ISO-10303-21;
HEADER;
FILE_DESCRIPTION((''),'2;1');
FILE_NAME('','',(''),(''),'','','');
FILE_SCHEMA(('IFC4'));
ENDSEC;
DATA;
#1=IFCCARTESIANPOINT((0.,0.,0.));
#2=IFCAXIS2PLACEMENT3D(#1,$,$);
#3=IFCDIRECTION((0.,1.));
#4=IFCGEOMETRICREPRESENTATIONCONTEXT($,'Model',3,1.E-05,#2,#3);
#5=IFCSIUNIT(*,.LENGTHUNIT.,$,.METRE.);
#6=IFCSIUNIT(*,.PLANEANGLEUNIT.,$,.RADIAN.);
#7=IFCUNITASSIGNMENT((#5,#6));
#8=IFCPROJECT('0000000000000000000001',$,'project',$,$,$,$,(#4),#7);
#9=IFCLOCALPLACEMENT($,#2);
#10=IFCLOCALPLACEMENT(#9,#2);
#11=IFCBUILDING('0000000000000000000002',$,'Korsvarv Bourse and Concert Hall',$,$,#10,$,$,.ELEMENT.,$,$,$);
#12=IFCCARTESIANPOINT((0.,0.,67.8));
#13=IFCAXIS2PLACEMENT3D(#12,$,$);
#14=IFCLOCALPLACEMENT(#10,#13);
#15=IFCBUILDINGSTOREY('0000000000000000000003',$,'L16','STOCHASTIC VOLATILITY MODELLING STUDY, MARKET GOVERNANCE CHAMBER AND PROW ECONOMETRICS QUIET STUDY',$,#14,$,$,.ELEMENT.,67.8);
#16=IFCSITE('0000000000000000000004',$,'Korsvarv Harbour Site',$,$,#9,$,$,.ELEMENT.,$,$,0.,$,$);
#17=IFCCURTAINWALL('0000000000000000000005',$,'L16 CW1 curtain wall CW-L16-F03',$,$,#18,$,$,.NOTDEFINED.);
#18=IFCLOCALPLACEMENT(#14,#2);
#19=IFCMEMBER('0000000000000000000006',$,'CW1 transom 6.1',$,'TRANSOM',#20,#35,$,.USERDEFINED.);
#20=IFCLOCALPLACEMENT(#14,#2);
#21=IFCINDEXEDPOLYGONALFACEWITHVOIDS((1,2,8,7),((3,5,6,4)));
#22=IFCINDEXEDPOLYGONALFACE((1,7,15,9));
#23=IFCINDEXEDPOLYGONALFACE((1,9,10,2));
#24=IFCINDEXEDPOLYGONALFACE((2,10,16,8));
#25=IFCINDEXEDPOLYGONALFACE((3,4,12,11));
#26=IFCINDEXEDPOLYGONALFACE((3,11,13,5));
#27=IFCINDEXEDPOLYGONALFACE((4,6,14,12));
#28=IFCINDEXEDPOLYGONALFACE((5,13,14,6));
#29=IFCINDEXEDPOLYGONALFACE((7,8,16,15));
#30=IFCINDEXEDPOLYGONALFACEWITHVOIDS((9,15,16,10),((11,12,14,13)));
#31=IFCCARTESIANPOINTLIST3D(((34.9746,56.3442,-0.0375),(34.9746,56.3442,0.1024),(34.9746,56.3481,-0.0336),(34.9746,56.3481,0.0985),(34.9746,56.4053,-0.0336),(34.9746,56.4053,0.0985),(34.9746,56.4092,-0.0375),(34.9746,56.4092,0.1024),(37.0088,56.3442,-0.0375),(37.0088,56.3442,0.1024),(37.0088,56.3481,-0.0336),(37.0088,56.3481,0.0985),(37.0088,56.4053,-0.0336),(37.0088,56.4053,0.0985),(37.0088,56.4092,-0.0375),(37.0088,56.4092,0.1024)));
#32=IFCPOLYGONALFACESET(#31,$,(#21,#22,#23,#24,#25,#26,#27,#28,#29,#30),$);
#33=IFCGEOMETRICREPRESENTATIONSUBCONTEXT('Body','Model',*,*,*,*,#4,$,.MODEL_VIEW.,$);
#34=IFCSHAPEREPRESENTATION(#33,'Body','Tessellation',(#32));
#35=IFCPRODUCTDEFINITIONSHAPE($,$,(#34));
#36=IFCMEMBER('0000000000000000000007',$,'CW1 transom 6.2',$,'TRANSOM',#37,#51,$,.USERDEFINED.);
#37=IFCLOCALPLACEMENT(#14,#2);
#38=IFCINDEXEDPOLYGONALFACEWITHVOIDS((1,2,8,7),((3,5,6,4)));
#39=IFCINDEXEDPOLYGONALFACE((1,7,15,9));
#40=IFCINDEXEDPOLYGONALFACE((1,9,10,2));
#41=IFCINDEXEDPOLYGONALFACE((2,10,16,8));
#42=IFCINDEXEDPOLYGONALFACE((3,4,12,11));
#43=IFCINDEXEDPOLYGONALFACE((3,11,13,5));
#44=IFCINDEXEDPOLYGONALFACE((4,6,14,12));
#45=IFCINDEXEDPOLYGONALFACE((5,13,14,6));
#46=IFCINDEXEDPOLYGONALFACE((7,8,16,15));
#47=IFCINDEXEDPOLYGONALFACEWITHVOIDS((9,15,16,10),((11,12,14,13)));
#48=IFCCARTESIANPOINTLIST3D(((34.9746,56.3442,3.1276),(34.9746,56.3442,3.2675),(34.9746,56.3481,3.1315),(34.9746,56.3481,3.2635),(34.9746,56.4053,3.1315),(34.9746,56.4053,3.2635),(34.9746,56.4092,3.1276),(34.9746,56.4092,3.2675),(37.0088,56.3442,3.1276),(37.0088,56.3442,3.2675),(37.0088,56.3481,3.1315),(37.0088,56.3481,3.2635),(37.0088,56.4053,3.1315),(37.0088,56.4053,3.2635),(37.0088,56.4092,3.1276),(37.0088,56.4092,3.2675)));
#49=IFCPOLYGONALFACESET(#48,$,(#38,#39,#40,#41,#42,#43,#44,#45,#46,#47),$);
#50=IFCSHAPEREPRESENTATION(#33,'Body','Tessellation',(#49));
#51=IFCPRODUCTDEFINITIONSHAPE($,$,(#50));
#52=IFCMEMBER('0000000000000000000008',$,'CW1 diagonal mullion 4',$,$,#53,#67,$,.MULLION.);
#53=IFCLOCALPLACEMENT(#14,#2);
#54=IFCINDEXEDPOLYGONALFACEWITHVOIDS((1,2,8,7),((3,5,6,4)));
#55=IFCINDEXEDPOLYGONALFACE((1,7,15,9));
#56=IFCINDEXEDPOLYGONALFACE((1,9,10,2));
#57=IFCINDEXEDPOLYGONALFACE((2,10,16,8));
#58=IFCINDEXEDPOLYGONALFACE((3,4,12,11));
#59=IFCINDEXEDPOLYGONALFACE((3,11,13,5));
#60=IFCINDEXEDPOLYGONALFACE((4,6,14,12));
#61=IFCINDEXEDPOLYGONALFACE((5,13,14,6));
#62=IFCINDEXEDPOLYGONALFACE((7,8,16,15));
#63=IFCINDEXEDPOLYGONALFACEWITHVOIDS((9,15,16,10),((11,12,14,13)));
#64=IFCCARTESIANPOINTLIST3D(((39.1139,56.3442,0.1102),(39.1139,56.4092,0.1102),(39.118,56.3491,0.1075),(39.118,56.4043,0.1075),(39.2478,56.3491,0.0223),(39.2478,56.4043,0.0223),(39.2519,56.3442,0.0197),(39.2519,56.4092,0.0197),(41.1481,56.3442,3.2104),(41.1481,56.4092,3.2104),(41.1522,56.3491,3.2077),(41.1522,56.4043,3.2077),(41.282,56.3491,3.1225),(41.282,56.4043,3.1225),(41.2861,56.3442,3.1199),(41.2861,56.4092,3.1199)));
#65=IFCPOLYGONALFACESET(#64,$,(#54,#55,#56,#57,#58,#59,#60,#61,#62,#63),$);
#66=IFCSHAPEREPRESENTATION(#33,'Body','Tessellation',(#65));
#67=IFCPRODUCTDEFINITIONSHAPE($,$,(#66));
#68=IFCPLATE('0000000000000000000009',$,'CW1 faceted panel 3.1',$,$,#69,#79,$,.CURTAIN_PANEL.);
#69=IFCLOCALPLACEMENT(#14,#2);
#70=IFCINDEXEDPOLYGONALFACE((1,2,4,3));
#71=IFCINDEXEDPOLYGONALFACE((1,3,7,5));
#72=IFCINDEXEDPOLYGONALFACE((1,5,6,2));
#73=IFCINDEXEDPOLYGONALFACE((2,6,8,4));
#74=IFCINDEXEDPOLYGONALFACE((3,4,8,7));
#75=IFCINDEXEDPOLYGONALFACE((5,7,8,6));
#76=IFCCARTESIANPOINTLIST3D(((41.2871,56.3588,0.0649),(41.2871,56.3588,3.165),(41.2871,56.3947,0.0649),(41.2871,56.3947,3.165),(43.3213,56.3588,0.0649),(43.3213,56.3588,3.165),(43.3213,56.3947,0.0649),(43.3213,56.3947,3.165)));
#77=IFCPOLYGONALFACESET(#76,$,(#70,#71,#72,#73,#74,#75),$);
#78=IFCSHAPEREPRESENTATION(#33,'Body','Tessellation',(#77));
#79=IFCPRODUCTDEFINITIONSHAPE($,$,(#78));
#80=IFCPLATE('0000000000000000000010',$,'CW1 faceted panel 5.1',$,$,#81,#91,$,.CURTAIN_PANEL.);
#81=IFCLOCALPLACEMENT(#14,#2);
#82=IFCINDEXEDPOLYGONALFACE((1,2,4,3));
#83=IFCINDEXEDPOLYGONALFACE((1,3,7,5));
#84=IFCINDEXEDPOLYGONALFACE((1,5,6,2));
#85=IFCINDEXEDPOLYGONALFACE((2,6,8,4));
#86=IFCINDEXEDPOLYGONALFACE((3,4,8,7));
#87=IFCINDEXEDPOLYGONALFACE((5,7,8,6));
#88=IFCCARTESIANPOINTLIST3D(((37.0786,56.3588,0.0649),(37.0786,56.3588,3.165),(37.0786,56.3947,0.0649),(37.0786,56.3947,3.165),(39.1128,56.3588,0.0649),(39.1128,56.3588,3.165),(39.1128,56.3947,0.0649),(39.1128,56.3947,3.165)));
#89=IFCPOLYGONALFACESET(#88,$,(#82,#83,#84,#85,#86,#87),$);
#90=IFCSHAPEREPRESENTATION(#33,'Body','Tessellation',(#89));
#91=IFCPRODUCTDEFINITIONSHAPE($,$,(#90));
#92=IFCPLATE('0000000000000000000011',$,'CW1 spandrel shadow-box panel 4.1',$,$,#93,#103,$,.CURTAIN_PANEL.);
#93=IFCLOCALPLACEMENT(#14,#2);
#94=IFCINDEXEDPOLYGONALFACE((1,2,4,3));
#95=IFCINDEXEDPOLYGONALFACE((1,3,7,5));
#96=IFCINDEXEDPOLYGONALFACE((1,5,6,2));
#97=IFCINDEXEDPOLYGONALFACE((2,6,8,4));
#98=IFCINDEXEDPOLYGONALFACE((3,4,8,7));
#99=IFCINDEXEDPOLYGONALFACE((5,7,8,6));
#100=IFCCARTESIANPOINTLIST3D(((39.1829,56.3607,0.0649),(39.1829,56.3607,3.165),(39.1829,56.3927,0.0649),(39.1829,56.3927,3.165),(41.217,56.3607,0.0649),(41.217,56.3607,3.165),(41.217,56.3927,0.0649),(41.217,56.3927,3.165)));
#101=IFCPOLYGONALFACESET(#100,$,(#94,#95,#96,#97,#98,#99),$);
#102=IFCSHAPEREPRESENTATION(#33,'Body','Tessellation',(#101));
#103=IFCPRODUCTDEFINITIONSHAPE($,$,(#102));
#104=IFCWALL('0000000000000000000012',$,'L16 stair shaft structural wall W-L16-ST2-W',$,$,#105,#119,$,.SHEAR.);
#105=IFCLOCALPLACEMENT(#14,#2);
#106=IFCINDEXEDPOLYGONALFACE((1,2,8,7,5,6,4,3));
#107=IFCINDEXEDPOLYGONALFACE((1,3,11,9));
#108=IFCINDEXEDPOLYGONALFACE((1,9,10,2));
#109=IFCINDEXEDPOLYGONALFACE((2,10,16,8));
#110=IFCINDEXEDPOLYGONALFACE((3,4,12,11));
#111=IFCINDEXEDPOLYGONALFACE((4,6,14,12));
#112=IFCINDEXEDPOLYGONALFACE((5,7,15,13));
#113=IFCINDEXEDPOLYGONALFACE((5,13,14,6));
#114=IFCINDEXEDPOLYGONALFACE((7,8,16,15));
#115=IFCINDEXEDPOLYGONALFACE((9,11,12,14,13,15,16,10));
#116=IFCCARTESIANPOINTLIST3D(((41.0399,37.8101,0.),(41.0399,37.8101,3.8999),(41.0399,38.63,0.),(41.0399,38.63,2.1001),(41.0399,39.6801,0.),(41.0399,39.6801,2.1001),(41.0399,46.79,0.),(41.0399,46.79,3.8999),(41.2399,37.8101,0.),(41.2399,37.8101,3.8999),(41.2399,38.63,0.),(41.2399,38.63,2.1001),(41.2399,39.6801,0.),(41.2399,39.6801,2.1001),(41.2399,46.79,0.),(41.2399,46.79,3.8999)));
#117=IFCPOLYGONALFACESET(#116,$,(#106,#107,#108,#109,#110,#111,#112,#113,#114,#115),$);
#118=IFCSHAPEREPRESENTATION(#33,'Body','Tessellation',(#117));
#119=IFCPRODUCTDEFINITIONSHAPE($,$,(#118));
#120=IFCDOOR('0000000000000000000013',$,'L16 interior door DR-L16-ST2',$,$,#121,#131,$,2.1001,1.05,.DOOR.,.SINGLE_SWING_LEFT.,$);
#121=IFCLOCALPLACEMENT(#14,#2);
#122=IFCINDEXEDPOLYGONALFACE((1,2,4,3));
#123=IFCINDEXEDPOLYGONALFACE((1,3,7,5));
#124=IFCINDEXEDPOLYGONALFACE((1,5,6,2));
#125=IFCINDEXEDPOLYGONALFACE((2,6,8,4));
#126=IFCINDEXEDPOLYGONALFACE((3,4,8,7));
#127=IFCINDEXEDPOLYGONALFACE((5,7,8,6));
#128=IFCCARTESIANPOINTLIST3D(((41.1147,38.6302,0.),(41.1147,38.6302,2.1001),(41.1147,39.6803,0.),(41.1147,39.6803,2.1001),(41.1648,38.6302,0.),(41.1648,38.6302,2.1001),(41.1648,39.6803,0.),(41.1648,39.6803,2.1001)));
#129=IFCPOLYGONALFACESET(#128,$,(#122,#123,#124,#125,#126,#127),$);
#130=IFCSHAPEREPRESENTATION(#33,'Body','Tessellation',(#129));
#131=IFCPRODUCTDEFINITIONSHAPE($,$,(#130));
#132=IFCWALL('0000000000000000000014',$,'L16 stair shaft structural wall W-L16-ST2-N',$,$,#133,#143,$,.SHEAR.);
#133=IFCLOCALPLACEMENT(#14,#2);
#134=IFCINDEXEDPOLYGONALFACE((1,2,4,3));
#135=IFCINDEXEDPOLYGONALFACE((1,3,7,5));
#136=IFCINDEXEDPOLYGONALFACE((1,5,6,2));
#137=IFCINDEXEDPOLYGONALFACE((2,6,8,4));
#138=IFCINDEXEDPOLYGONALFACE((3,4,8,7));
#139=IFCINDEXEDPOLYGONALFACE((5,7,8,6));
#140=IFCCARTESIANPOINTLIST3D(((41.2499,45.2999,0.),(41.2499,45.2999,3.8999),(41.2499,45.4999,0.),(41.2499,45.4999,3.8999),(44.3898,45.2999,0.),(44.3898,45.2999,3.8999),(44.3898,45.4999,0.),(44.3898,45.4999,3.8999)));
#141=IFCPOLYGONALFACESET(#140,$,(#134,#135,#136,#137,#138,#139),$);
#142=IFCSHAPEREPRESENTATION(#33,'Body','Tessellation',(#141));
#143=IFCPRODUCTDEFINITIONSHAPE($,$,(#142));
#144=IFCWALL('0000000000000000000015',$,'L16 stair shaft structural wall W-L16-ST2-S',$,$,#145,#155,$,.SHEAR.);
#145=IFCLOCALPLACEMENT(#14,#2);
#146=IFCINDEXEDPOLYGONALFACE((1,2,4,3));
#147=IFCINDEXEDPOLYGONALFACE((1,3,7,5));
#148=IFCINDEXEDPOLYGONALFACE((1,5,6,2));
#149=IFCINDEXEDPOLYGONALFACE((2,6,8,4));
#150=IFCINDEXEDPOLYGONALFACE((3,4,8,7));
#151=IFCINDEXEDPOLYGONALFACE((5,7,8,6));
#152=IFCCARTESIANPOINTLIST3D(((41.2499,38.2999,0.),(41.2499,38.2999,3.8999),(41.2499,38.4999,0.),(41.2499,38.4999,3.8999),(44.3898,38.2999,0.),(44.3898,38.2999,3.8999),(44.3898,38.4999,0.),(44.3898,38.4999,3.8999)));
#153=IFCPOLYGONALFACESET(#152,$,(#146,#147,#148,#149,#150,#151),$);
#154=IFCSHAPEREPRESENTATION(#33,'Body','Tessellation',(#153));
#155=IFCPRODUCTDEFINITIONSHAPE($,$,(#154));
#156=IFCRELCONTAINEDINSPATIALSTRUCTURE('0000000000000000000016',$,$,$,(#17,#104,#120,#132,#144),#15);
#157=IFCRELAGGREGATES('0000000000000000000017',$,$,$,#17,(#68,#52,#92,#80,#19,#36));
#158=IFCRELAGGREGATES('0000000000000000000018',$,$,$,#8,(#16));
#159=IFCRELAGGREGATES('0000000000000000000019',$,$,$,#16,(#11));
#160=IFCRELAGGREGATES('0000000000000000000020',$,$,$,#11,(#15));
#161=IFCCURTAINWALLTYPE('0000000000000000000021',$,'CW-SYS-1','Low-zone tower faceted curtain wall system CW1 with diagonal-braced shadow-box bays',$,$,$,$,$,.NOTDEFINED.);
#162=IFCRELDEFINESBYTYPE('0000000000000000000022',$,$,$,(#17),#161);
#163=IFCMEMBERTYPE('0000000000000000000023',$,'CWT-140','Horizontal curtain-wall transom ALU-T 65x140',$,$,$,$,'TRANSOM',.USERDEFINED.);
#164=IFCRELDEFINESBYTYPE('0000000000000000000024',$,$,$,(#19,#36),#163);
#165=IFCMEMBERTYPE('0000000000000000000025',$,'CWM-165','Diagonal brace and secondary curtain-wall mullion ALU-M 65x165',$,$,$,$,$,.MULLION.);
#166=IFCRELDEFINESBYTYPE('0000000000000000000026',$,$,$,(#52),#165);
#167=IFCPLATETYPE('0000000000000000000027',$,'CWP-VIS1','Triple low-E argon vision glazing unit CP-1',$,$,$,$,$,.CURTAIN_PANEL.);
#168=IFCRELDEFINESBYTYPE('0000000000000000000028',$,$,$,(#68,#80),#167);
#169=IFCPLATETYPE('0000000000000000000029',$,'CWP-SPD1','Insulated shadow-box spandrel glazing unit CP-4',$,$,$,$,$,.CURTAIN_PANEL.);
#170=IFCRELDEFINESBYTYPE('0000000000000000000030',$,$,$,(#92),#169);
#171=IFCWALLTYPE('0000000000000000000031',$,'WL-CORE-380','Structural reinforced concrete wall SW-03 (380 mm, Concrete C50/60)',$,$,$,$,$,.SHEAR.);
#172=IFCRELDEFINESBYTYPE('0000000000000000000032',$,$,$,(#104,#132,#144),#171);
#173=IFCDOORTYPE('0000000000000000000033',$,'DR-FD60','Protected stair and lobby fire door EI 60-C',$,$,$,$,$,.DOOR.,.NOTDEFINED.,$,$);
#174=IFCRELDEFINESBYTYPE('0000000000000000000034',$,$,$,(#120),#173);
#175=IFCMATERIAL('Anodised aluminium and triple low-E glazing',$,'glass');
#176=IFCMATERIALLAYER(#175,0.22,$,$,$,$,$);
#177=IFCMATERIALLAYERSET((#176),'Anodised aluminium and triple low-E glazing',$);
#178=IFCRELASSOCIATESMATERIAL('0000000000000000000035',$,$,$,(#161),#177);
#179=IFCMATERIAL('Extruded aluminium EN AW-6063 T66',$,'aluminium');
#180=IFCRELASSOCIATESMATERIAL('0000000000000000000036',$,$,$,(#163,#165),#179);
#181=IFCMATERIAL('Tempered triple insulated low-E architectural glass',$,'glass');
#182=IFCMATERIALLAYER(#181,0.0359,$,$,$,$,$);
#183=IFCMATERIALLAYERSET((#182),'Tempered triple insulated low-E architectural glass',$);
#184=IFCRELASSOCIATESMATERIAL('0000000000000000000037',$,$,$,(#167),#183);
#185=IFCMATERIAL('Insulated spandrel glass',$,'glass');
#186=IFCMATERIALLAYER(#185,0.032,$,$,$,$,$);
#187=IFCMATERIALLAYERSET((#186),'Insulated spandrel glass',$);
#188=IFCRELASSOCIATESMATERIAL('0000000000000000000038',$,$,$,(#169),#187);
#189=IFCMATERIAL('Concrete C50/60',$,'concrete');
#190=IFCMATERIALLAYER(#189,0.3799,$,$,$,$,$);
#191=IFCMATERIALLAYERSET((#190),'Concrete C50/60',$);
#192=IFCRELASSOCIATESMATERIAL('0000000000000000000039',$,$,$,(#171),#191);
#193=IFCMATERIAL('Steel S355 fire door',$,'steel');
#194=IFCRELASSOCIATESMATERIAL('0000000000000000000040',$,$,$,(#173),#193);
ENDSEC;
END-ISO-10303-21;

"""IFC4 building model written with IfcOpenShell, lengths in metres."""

from ifc_helpers import new_model, si_unit, direction, frame, frame_2d, origin, origin_2d, place, context, subcontext, project, spatial, rectangle, hollow_rectangle, extrude, source, transform, mapped, material, layer, layer_set, material_profile, profile_set, type_object, element, fill, aggregate, save


model = new_model("IFC4")

# Units and contexts
model_context = context("Model", 3, precision=1e-05, world=origin(), true_north=direction((0.0, 1.0)))
body_context = subcontext(model_context, "Body", "Model", "MODEL_VIEW")
ifc_project = project(units=[si_unit("LENGTHUNIT", "METRE"), si_unit("PLANEANGLEUNIT", "RADIAN")], contexts=[model_context])

# Site, building, storey
site_placement = place(None, origin())
site = spatial("IfcSite", under=ifc_project, at=site_placement, Name="Korsvarv Harbour Site", CompositionType="ELEMENT", RefElevation=0.0)
building_placement = place(site_placement, origin())
building = spatial("IfcBuilding", under=site, at=building_placement, Name="Korsvarv Bourse and Concert Hall", CompositionType="ELEMENT")
storey_placement = place(building_placement, frame((0.0, 0.0, 67.8)))
storey = spatial("IfcBuildingStorey", under=building, at=storey_placement, Name="L16", Description="STOCHASTIC VOLATILITY MODELLING STUDY, MARKET GOVERNANCE CHAMBER AND PROW ECONOMETRICS QUIET STUDY", CompositionType="ELEMENT", Elevation=67.8)

# Curtain wall, members, plates
ifc_material_1 = material(Name="Anodised aluminium and triple low-E glazing", Category="glass")
ifc_layer_1 = layer(ifc_material_1, 0.22)
ifc_layer_set_1 = layer_set([ifc_layer_1], Name="Anodised aluminium and triple low-E glazing")
curtain_wall_type = type_object("IfcCurtainWallType", Name="CW-SYS-1", Description="Low-zone tower faceted curtain wall system CW1 with diagonal-braced shadow-box bays", PredefinedType="NOTDEFINED", material=ifc_layer_set_1)
curtain_wall_placement = place(storey_placement, origin())
curtain_wall = element("IfcCurtainWall", 1, at=curtain_wall_placement, inside=storey, type_object=curtain_wall_type, Name="L16 CW1 curtain wall CW-L16-F03", PredefinedType="NOTDEFINED")
ifc_material_2 = material(Name="Extruded aluminium EN AW-6063 T66", Category="aluminium")
ifc_material_profile_1 = material_profile(ifc_material_2, hollow_rectangle(XDim=0.0649, YDim=0.1399, WallThickness=0.0039, at=origin_2d()), Name="ALU-T 65x140")
ifc_profile_set_1 = profile_set([ifc_material_profile_1], Name="Extruded aluminium EN AW-6063 T66")
member_type_1 = type_object("IfcMemberType", Name="CWT-140", Description="Horizontal curtain-wall transom ALU-T 65x140", ElementType="TRANSOM", PredefinedType="USERDEFINED", material=ifc_profile_set_1)
shared_shape_1 = source(origin(), body_context, "Body", "SweptSolid", [
    extrude(hollow_rectangle(XDim=0.0649, YDim=0.1399, WallThickness=0.0039, at=origin_2d()), origin(), (0.0, 0.0, 1.0), 2.0342),
])
member_1_placement = place(storey_placement, frame((37.0088, 56.3767, 0.0325), z_axis=(-1.0, 0.0, 0.0), x_axis=(0.0, -1.0, 0.0)))
member_1 = element("IfcMember", 2, at=member_1_placement, type_object=member_type_1, Name="CW1 transom 6.1", ObjectType="TRANSOM", PredefinedType="USERDEFINED", context=body_context, shape_type="MappedRepresentation", body=[
    mapped(shared_shape_1, transform((0.0, 0.0, 0.0), scale=1.0)),
])
member_2_placement = place(storey_placement, frame((37.0088, 56.3767, 3.1975), z_axis=(-1.0, 0.0, 0.0), x_axis=(0.0, -1.0, 0.0)))
member_2 = element("IfcMember", 3, at=member_2_placement, type_object=member_type_1, Name="CW1 transom 6.2", ObjectType="TRANSOM", PredefinedType="USERDEFINED", context=body_context, shape_type="MappedRepresentation", body=[
    mapped(shared_shape_1, transform((0.0, 0.0, 0.0), scale=1.0)),
])
ifc_material_profile_2 = material_profile(ifc_material_2, hollow_rectangle(XDim=0.0649, YDim=0.165, WallThickness=0.0049, at=origin_2d()), Name="ALU-M 65x165")
ifc_profile_set_2 = profile_set([ifc_material_profile_2], Name="Extruded aluminium EN AW-6063 T66")
member_type_2 = type_object("IfcMemberType", Name="CWM-165", Description="Diagonal brace and secondary curtain-wall mullion ALU-M 65x165", PredefinedType="MULLION", material=ifc_profile_set_2)
shared_shape_2 = source(origin(), body_context, "Body", "SweptSolid", [
    extrude(hollow_rectangle(XDim=0.0649, YDim=0.165, WallThickness=0.0049, at=origin_2d()), origin(), (0.0, 0.0, 1.0), 3.708),
])
member_3_placement = place(storey_placement, frame((39.1829, 56.3767, 0.0649), z_axis=(0.548608, 0.0, 0.83608), x_axis=(0.0, 1.0, 0.0)))
member_3 = element("IfcMember", 4, at=member_3_placement, type_object=member_type_2, Name="CW1 diagonal mullion 4", PredefinedType="MULLION", context=body_context, shape_type="MappedRepresentation", body=[
    mapped(shared_shape_2, transform((0.0, 0.0, 0.0), scale=1.0)),
])
ifc_material_3 = material(Name="Tempered triple insulated low-E architectural glass", Category="glass")
ifc_layer_2 = layer(ifc_material_3, 0.0359)
ifc_layer_set_2 = layer_set([ifc_layer_2], Name="Tempered triple insulated low-E architectural glass")
plate_type_1 = type_object("IfcPlateType", Name="CWP-VIS1", Description="Triple low-E argon vision glazing unit CP-1", PredefinedType="CURTAIN_PANEL", material=ifc_layer_set_2)
shared_shape_3 = source(origin(), body_context, "Body", "SweptSolid", [
    extrude(rectangle(XDim=2.0342, YDim=0.0359, at=origin_2d()), origin(), (0.0, 0.0, 1.0), 3.1001),
])
plate_1_placement = place(storey_placement, frame((42.3042, 56.3767, 0.0649), z_axis=(0.0, 0.0, 1.0), x_axis=(-1.0, 0.0, 0.0)))
plate_1 = element("IfcPlate", 5, at=plate_1_placement, type_object=plate_type_1, Name="CW1 faceted panel 3.1", PredefinedType="CURTAIN_PANEL", context=body_context, shape_type="MappedRepresentation", body=[
    mapped(shared_shape_3, transform((0.0, 0.0, 0.0), scale=1.0)),
])
plate_2_placement = place(storey_placement, frame((38.0957, 56.3767, 0.0649), z_axis=(0.0, 0.0, 1.0), x_axis=(-1.0, 0.0, 0.0)))
plate_2 = element("IfcPlate", 6, at=plate_2_placement, type_object=plate_type_1, Name="CW1 faceted panel 5.1", PredefinedType="CURTAIN_PANEL", context=body_context, shape_type="MappedRepresentation", body=[
    mapped(shared_shape_3, transform((0.0, 0.0, 0.0), scale=1.0)),
])
ifc_material_4 = material(Name="Insulated spandrel glass", Category="glass")
ifc_layer_3 = layer(ifc_material_4, 0.032)
ifc_layer_set_3 = layer_set([ifc_layer_3], Name="Insulated spandrel glass")
plate_type_2 = type_object("IfcPlateType", Name="CWP-SPD1", Description="Insulated shadow-box spandrel glazing unit CP-4", PredefinedType="CURTAIN_PANEL", material=ifc_layer_set_3)
shared_shape_4 = source(origin(), body_context, "Body", "SweptSolid", [
    extrude(rectangle(XDim=2.0342, YDim=0.032, at=origin_2d()), origin(), (0.0, 0.0, 1.0), 3.1001),
])
plate_3_placement = place(storey_placement, frame((40.2, 56.3767, 0.0649), z_axis=(0.0, 0.0, 1.0), x_axis=(-1.0, 0.0, 0.0)))
plate_3 = element("IfcPlate", 7, at=plate_3_placement, type_object=plate_type_2, Name="CW1 spandrel shadow-box panel 4.1", PredefinedType="CURTAIN_PANEL", context=body_context, shape_type="MappedRepresentation", body=[
    mapped(shared_shape_4, transform((0.0, 0.0, 0.0), scale=1.0)),
])
aggregate(curtain_wall, [plate_1, member_3, plate_3, plate_2, member_1, member_2])

# Wall, opening, door
ifc_material_5 = material(Name="Concrete C50/60", Category="concrete")
ifc_layer_4 = layer(ifc_material_5, 0.3799)
ifc_layer_set_4 = layer_set([ifc_layer_4], Name="Concrete C50/60")
wall_type_1 = type_object("IfcWallType", Name="WL-CORE-380", Description="Structural reinforced concrete wall SW-03 (380 mm, Concrete C50/60)", PredefinedType="SHEAR", material=ifc_layer_set_4)
wall_1_placement = place(storey_placement, frame((41.1399, 37.8101, 0.0), z_axis=(0.0, 0.0, 1.0), x_axis=(0.0, 1.0, 0.0)))
wall_1 = element("IfcWall", 8, at=wall_1_placement, inside=storey, type_object=wall_type_1, Name="L16 stair shaft structural wall W-L16-ST2-W", PredefinedType="SHEAR", context=body_context, shape_type="SweptSolid", body=[
    extrude(rectangle(XDim=8.98, YDim=0.2, at=frame_2d((4.49, 0.0))), origin(), (0.0, 0.0, 1.0), 3.8999),
])
opening_1_placement = place(wall_1_placement, frame((0.8201, 0.0, 0.0)))
opening_1 = element("IfcOpeningElement", 9, at=opening_1_placement, cuts=wall_1, PredefinedType="OPENING", context=body_context, shape_type="SweptSolid", body=[
    extrude(rectangle(XDim=1.05, YDim=2.1001, at=frame_2d((0.5249, 1.05))), frame((0.0, 0.1099, 0.0), z_axis=(0.0, -1.0, 0.0), x_axis=(1.0, 0.0, 0.0)), (0.0, 0.0, 1.0), 0.22),
])
ifc_material_6 = material(Name="Steel S355 fire door", Category="steel")
door_type_1 = type_object("IfcDoorType", Name="DR-FD60", Description="Protected stair and lobby fire door EI 60-C", OperationType="NOTDEFINED", PredefinedType="DOOR", material=ifc_material_6)
door_1_placement = place(opening_1_placement, frame((1.05, 0.0, 0.0), z_axis=(0.0, 0.0, 1.0), x_axis=(-1.0, 0.0, 0.0)))
door_1 = element("IfcDoor", 10, at=door_1_placement, inside=storey, type_object=door_type_1, Name="L16 interior door DR-L16-ST2", OperationType="SINGLE_SWING_LEFT", OverallHeight=2.1001, OverallWidth=1.05, PredefinedType="DOOR", context=body_context, shape_type="SweptSolid", body=[
    extrude(rectangle(XDim=1.05, YDim=2.1001, at=frame_2d((0.5249, 1.05))), frame((0.0, 0.0249, 0.0), z_axis=(0.0, -1.0, 0.0), x_axis=(1.0, 0.0, 0.0)), (0.0, 0.0, 1.0), 0.05),
])
fill(opening_1, door_1)

# Walls
for number, where, z_axis, x_axis, name in (
    (11, (41.25, 45.3999, 0.0), (0.0, 0.0, 1.0), (1.0, 0.0, 0.0), "L16 stair shaft structural wall W-L16-ST2-N"),
    (12, (41.25, 38.3999, 0.0), (0.0, 0.0, 1.0), (1.0, 0.0, 0.0), "L16 stair shaft structural wall W-L16-ST2-S"),
):
    element("IfcWall", number, at=place(storey_placement, frame(where, z_axis=z_axis, x_axis=x_axis)), inside=storey, type_object=wall_type_1, Name=name, PredefinedType="SHEAR", context=body_context, shape_type="SweptSolid", body=[
        extrude(rectangle(XDim=3.1399, YDim=0.2, at=frame_2d((1.5698, 0.0))), origin(), (0.0, 0.0, 1.0), 3.8999),
    ])

save(model, "model.ifc")
